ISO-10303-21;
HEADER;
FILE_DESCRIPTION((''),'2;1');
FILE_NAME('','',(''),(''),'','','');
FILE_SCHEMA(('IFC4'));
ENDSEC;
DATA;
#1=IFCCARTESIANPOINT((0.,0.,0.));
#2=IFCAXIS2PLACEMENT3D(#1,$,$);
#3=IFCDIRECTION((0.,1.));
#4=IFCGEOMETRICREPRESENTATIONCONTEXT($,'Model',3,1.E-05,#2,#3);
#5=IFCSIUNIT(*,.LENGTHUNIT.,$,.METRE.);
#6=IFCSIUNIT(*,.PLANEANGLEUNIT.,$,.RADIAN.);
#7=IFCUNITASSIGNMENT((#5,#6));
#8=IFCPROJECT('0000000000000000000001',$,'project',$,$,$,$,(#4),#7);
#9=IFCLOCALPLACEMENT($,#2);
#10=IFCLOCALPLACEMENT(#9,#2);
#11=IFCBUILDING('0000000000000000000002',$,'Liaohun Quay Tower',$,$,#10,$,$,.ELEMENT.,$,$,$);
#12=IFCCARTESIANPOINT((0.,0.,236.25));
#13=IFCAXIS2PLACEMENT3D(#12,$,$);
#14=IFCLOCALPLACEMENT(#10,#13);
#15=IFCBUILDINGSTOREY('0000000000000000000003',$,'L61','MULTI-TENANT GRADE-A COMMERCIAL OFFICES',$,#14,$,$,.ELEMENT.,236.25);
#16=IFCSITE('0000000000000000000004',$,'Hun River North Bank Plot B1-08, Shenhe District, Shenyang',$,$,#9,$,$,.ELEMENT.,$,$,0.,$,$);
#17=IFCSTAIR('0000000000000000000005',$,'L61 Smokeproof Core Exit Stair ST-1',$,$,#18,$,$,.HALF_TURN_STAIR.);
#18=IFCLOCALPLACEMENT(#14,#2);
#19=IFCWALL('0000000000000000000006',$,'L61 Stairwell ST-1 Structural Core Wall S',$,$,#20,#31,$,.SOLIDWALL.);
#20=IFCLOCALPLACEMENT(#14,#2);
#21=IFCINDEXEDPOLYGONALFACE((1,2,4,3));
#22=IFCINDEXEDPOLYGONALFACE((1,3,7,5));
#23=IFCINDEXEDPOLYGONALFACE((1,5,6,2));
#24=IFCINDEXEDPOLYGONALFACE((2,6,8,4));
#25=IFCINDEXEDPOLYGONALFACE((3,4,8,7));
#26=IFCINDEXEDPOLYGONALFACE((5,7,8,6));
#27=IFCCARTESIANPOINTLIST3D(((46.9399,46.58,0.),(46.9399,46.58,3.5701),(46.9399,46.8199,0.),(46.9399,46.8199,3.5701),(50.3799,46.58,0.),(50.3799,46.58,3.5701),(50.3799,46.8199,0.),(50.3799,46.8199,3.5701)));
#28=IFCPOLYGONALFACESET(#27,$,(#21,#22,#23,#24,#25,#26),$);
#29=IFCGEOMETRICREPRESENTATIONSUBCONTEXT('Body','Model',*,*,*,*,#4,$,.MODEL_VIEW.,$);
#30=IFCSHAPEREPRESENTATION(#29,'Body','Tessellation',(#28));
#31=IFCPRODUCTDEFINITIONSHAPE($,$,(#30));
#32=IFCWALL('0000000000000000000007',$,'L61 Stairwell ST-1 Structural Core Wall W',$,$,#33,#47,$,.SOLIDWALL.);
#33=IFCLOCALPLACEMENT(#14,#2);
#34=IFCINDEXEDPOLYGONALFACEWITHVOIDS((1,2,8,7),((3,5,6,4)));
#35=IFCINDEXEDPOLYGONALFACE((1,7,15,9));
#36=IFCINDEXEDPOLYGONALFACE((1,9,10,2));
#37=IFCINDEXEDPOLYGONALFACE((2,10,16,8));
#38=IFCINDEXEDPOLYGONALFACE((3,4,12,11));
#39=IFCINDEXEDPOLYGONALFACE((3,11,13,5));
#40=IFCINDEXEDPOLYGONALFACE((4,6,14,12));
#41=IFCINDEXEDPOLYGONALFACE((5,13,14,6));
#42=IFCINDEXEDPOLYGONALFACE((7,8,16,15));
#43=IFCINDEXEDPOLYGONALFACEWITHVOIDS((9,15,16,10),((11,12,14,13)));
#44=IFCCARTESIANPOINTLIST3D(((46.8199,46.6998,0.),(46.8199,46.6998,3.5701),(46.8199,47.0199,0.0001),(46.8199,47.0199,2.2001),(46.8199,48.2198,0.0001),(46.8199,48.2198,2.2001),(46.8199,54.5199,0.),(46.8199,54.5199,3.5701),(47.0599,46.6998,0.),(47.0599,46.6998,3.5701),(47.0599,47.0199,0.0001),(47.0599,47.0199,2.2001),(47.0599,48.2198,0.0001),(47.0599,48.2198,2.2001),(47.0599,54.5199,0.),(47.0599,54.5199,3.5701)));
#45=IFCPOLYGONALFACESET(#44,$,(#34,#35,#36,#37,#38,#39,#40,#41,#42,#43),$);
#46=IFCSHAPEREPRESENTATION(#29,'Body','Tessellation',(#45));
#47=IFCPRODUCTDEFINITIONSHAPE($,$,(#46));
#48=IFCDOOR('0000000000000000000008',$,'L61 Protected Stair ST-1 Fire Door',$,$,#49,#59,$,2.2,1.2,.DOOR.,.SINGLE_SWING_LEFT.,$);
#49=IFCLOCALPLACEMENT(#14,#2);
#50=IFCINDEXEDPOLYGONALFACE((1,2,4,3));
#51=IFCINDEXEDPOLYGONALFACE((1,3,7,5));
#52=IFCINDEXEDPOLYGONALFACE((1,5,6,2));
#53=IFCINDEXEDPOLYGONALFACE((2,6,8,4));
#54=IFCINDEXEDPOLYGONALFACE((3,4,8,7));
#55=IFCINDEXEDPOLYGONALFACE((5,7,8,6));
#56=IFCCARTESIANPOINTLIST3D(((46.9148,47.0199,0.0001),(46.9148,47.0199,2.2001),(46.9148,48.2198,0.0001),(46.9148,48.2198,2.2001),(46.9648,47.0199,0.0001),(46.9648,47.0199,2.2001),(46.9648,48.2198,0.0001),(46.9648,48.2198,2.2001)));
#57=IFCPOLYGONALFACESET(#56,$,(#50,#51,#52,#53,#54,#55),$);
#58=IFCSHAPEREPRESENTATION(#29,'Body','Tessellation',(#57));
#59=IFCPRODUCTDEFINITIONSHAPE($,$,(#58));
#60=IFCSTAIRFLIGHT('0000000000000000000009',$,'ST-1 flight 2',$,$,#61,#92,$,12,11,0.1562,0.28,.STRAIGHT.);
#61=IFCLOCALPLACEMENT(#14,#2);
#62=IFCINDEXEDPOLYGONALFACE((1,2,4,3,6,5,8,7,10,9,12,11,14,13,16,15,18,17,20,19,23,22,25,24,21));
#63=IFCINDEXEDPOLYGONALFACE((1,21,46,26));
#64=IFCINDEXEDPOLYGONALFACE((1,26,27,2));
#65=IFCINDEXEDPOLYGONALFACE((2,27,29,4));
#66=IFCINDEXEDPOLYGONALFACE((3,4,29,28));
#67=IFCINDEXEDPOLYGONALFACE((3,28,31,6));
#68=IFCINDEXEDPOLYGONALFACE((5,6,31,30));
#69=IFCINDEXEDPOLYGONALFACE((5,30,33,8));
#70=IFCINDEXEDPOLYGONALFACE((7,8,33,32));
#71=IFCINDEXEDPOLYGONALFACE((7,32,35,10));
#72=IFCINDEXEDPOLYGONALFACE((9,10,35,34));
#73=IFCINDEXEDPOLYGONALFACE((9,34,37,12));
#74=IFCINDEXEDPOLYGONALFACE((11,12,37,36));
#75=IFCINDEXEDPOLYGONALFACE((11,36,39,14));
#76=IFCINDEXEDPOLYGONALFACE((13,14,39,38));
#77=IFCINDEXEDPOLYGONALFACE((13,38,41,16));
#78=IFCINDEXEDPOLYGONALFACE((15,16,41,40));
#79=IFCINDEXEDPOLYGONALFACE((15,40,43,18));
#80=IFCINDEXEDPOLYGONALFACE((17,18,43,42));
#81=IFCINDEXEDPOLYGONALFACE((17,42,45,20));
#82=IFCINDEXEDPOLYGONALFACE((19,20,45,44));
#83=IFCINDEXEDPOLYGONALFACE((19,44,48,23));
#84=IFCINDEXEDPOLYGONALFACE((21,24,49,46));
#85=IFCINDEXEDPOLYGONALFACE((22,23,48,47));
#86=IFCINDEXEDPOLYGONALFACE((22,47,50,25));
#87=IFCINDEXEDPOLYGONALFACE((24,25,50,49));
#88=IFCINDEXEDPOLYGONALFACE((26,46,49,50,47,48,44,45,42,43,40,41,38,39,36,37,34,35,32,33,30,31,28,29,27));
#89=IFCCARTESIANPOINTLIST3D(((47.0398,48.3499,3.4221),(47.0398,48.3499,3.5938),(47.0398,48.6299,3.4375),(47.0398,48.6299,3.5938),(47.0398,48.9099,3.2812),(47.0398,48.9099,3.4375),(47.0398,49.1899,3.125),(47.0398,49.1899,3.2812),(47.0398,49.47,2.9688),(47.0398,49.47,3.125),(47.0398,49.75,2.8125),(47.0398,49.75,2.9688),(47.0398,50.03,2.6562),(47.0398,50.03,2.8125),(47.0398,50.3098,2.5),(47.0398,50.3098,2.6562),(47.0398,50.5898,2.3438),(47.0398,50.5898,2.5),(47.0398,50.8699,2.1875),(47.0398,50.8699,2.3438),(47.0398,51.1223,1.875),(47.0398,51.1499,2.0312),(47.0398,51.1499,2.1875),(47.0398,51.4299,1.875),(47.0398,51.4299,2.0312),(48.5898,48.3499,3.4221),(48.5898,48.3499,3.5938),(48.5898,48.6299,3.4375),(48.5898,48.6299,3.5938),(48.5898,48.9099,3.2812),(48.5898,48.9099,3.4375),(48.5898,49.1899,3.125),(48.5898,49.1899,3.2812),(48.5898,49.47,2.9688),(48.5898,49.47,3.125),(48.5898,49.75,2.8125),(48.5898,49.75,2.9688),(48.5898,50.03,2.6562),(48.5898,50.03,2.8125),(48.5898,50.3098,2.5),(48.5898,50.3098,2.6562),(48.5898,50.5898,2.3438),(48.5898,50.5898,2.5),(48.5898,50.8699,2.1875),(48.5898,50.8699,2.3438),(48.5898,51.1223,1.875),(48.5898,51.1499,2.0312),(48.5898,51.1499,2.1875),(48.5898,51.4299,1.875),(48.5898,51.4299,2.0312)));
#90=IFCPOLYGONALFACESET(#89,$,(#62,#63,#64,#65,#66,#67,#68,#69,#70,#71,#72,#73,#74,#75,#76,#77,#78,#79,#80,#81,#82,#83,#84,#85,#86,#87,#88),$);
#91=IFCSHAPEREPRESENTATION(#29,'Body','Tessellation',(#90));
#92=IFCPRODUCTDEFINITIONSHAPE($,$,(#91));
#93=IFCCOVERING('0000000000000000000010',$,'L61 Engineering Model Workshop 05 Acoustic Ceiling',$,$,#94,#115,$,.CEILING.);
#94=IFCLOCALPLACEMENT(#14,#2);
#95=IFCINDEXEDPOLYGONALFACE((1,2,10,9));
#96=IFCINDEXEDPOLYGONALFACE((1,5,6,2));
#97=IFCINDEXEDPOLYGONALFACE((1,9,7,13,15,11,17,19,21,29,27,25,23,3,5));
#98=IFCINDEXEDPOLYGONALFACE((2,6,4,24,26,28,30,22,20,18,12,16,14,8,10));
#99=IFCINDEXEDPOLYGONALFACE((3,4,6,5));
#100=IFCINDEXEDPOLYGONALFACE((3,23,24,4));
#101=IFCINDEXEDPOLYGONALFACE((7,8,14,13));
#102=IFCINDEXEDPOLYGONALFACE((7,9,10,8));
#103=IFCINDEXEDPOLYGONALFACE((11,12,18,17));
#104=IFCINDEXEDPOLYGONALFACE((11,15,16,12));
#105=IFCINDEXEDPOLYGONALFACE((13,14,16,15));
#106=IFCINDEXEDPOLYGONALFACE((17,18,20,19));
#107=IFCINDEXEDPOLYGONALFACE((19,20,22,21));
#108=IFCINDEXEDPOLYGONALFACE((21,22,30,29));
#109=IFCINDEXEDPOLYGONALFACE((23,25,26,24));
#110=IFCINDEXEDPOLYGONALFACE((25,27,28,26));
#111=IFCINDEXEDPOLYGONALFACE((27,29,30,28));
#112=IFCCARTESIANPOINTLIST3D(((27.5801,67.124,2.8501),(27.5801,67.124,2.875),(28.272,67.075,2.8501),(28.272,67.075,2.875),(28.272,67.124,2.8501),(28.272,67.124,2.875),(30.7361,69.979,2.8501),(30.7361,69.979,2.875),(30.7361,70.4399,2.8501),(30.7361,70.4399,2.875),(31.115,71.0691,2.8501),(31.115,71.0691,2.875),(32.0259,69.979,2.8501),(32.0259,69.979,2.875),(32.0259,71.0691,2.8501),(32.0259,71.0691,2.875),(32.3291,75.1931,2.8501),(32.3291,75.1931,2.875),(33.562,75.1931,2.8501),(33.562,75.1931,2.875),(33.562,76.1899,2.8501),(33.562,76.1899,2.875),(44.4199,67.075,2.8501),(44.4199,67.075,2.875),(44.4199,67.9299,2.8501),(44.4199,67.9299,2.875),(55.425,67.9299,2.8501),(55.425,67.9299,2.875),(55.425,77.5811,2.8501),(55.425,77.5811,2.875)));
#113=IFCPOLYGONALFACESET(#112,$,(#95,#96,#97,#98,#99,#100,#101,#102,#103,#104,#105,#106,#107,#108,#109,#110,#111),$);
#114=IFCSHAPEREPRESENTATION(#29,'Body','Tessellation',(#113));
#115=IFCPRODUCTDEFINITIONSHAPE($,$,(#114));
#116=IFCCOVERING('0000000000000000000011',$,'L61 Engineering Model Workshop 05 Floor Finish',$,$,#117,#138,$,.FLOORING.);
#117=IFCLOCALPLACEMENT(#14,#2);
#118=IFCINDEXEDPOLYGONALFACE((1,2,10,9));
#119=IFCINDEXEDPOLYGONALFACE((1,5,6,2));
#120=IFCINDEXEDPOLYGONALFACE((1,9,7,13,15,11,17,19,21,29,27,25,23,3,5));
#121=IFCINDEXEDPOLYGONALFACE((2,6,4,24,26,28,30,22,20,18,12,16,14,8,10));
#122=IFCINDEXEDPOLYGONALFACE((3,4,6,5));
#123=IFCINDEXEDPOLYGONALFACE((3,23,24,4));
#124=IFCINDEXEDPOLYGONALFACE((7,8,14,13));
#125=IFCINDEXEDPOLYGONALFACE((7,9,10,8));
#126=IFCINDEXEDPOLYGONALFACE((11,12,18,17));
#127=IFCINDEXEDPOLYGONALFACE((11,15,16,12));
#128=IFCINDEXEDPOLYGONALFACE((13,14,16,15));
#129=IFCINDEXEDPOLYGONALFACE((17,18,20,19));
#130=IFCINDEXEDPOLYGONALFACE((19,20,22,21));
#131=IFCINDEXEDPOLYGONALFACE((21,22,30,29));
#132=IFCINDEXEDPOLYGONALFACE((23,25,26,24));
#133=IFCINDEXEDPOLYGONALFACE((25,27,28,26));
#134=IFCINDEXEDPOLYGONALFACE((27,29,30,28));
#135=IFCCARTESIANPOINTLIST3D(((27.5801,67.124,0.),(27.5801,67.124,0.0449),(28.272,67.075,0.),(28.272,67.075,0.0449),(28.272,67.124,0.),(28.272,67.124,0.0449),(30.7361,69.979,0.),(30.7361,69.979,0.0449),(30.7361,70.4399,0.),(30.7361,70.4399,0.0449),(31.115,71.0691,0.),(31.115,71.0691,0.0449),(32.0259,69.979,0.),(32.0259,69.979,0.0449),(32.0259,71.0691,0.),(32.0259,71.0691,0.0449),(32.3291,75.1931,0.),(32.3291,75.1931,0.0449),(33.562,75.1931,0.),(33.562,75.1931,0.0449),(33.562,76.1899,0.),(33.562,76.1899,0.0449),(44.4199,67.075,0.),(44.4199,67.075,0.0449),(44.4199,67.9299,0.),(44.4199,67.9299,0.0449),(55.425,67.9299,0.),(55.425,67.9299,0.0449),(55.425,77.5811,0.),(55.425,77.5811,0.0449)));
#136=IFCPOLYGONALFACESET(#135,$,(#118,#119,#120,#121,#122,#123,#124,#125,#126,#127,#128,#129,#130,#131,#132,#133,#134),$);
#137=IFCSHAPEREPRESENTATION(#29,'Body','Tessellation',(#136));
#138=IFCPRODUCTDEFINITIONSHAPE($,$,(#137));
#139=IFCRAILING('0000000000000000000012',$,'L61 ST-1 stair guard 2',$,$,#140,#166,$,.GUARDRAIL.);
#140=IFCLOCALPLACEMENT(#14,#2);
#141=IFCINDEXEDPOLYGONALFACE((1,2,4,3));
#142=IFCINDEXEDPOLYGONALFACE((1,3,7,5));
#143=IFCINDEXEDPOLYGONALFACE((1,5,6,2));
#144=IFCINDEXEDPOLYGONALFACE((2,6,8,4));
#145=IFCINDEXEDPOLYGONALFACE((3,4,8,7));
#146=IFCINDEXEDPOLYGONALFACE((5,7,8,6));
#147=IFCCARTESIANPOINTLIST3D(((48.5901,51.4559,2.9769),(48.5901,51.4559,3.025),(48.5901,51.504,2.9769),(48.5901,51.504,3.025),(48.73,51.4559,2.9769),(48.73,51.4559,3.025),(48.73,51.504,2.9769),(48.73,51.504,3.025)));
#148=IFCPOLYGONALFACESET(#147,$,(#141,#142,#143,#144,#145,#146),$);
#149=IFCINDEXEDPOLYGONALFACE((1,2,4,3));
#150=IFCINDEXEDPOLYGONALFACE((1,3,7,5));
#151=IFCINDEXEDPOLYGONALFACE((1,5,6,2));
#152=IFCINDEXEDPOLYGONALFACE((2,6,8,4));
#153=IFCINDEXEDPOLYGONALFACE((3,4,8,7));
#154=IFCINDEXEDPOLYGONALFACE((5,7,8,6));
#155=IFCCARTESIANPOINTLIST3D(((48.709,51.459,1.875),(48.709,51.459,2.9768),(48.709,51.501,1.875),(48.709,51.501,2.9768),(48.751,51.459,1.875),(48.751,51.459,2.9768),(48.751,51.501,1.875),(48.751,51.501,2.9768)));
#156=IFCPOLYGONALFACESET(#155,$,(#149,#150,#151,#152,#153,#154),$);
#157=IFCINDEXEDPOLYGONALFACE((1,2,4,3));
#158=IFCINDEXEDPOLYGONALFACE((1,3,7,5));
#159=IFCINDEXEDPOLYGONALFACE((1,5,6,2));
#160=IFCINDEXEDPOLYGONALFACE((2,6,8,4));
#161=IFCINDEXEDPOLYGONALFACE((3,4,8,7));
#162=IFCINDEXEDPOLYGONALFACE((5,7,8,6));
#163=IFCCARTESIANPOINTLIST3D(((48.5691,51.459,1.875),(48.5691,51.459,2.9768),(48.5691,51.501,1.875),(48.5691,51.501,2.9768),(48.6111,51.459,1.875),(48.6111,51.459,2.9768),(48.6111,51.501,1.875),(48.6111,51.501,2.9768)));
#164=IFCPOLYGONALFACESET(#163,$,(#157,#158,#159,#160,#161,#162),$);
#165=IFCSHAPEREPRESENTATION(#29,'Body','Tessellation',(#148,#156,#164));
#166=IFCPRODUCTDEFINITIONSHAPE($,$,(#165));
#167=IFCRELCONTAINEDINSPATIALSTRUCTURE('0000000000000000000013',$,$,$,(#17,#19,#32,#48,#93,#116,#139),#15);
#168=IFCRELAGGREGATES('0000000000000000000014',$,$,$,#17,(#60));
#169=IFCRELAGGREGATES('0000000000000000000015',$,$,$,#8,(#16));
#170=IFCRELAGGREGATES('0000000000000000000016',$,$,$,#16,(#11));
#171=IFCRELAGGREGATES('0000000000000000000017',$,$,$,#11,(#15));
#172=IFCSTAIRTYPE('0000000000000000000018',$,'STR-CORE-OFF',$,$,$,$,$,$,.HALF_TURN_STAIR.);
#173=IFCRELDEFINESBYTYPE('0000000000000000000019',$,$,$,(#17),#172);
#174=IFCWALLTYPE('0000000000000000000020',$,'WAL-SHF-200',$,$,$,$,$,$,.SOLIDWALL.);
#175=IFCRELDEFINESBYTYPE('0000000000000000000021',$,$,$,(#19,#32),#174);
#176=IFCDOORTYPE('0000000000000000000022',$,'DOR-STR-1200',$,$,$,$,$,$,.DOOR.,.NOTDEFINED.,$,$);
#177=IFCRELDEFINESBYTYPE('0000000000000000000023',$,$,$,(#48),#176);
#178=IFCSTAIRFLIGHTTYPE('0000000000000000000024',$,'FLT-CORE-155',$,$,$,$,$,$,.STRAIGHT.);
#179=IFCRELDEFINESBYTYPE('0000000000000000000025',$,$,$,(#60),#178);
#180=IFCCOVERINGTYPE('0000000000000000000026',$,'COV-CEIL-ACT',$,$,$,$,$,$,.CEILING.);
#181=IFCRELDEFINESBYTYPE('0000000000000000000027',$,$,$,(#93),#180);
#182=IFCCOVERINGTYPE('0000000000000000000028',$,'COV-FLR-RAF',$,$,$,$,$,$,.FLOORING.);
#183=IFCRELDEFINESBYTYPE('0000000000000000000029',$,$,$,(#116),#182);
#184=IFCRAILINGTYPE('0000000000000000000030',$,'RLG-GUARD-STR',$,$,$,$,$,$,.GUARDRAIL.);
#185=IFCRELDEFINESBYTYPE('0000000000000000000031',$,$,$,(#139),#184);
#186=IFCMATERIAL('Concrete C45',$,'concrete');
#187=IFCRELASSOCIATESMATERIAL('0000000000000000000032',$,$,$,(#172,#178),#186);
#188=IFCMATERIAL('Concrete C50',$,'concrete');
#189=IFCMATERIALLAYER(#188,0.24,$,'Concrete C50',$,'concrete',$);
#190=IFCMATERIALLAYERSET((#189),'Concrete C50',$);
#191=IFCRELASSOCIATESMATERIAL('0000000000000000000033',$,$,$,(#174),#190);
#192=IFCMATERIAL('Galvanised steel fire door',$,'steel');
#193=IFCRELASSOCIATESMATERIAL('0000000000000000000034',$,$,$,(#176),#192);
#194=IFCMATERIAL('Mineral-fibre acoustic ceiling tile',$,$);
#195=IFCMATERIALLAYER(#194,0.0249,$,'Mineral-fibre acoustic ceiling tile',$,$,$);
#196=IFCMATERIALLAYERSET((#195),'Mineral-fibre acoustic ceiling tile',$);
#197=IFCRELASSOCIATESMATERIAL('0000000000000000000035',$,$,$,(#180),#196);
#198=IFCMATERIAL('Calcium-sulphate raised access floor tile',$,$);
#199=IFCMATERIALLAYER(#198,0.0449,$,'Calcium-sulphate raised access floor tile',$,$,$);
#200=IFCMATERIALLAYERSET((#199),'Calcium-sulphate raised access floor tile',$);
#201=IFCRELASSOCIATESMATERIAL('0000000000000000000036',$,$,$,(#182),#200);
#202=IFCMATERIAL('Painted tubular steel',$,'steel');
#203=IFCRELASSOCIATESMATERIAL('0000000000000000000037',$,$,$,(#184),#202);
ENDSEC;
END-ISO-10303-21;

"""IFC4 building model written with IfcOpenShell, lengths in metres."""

from ifc_helpers import new_model, si_unit, direction, frame, frame_2d, origin, origin_2d, place, context, subcontext, project, spatial, polyline, rectangle, outline, extrude, source, transform, mapped, material, layer, layer_set, type_object, element, fill, aggregate, save


model = new_model("IFC4")

# Units and contexts
model_context = context("Model", 3, precision=1e-05, world=origin(), true_north=direction((0.0, 1.0)))
body_context = subcontext(model_context, "Body", "Model", "MODEL_VIEW")
ifc_project = project(units=[si_unit("LENGTHUNIT", "METRE"), si_unit("PLANEANGLEUNIT", "RADIAN")], contexts=[model_context])

# Site, building, storey
site_placement = place(None, origin())
site = spatial("IfcSite", under=ifc_project, at=site_placement, Name="Hun River North Bank Plot B1-08, Shenhe District, Shenyang", CompositionType="ELEMENT", RefElevation=0.0)
building_placement = place(site_placement, origin())
building = spatial("IfcBuilding", under=site, at=building_placement, Name="Liaohun Quay Tower", CompositionType="ELEMENT")
storey_placement = place(building_placement, frame((0.0, 0.0, 236.25)))
storey = spatial("IfcBuildingStorey", under=building, at=storey_placement, Name="L61", Description="MULTI-TENANT GRADE-A COMMERCIAL OFFICES", CompositionType="ELEMENT", Elevation=236.25)

# Stair
ifc_material_1 = material(Name="Concrete C45", Category="concrete")
stair_type = type_object("IfcStairType", Name="STR-CORE-OFF", PredefinedType="HALF_TURN_STAIR", material=ifc_material_1)
stair_1_placement = place(storey_placement, origin())
stair_1 = element("IfcStair", 1, at=stair_1_placement, inside=storey, type_object=stair_type, Name="L61 Smokeproof Core Exit Stair ST-1", PredefinedType="HALF_TURN_STAIR")

# Wall
ifc_material_2 = material(Name="Concrete C50", Category="concrete")
ifc_layer_1 = layer(ifc_material_2, 0.24, Name="Concrete C50", Category="concrete")
ifc_layer_set_1 = layer_set([ifc_layer_1], Name="Concrete C50")
wall_type_1 = type_object("IfcWallType", Name="WAL-SHF-200", PredefinedType="SOLIDWALL", material=ifc_layer_set_1)
wall_1_placement = place(storey_placement, frame((46.9399, 46.7, 0.0), z_axis=(0.0, 0.0, 1.0), x_axis=(1.0, 0.0, 0.0)))
element("IfcWall", 2, at=wall_1_placement, inside=storey, type_object=wall_type_1, Name="L61 Stairwell ST-1 Structural Core Wall S", PredefinedType="SOLIDWALL", context=body_context, shape_type="SweptSolid", body=[
    extrude(rectangle(XDim=3.4399, YDim=0.24, at=frame_2d((1.72, 0.0))), origin(), (0.0, 0.0, 1.0), 3.5701),
])

# Wall, opening, door
wall_2_placement = place(storey_placement, frame((46.9399, 54.52, 0.0), z_axis=(0.0, 0.0, 1.0), x_axis=(0.0, -1.0, 0.0)))
wall_2 = element("IfcWall", 3, at=wall_2_placement, inside=storey, type_object=wall_type_1, Name="L61 Stairwell ST-1 Structural Core Wall W", PredefinedType="SOLIDWALL", context=body_context, shape_type="SweptSolid", body=[
    extrude(rectangle(XDim=7.8201, YDim=0.24, at=frame_2d((3.9102, 0.0))), origin(), (0.0, 0.0, 1.0), 3.5701),
])
shared_shape_1 = source(origin(), body_context, "Body", "SweptSolid", [
    extrude(rectangle(XDim=1.2, YDim=2.2, at=frame_2d((0.6001, 1.1001))), frame((0.0, 0.1299, 0.0), z_axis=(0.0, -1.0, 0.0), x_axis=(1.0, 0.0, 0.0)), (0.0, 0.0, 1.0), 0.26),
])
opening_1_placement = place(wall_2_placement, frame((6.3, 0.0, 0.0)))
opening_1 = element("IfcOpeningElement", 4, at=opening_1_placement, cuts=wall_2, PredefinedType="OPENING", context=body_context, shape_type="MappedRepresentation", body=[
    mapped(shared_shape_1, transform((0.0, 0.0, 0.0), x_axis=(1.0, 0.0, 0.0), y_axis=(0.0, 1.0, 0.0), z_axis=(0.0, 0.0, 1.0), scale=1.0)),
])
ifc_material_3 = material(Name="Galvanised steel fire door", Category="steel")
door_type_1 = type_object("IfcDoorType", Name="DOR-STR-1200", OperationType="NOTDEFINED", PredefinedType="DOOR", material=ifc_material_3)
shared_shape_2 = source(origin(), body_context, "Body", "SweptSolid", [
    extrude(rectangle(XDim=1.2, YDim=2.2, at=frame_2d((0.6001, 1.1001))), frame((0.0, 0.0249, 0.0), z_axis=(0.0, -1.0, 0.0), x_axis=(1.0, 0.0, 0.0)), (0.0, 0.0, 1.0), 0.05),
])
door_1_placement = place(opening_1_placement, origin())
door_1 = element("IfcDoor", 5, at=door_1_placement, inside=storey, type_object=door_type_1, Name="L61 Protected Stair ST-1 Fire Door", OperationType="SINGLE_SWING_LEFT", OverallHeight=2.2, OverallWidth=1.2, PredefinedType="DOOR", context=body_context, shape_type="MappedRepresentation", body=[
    mapped(shared_shape_2, transform((0.0, 0.0, 0.0), x_axis=(1.0, 0.0, 0.0), y_axis=(0.0, 1.0, 0.0), z_axis=(0.0, 0.0, 1.0), scale=1.0)),
])
fill(opening_1, door_1)

# Stair flight
stair_flight_type = type_object("IfcStairFlightType", Name="FLT-CORE-155", PredefinedType="STRAIGHT", material=ifc_material_1)
stair_flight_placement = place(storey_placement, frame((47.8149, 51.4299, 1.875), z_axis=(0.0, 0.0, 1.0), x_axis=(0.0, -1.0, 0.0)))
stair_flight = element("IfcStairFlight", 6, at=stair_flight_placement, type_object=stair_flight_type, Name="ST-1 flight 2", NumberOfRisers=12, NumberOfTreads=11, PredefinedType="STRAIGHT", RiserHeight=0.1562, TreadLength=0.28, context=body_context, shape_type="SweptSolid", body=[
    extrude(outline(polyline([(0.0, 0.0), (0.0, 0.1562), (0.28, 0.1562), (0.28, 0.3125), (0.5601, 0.3125), (0.5601, 0.4688), (0.8401, 0.4688), (0.8401, 0.625), (1.1201, 0.625), (1.1201, 0.7812), (1.3999, 0.7812), (1.3999, 0.9375), (1.6799, 0.9375), (1.6799, 1.0938), (1.96, 1.0938), (1.96, 1.25), (2.24, 1.25), (2.24, 1.4062), (2.52, 1.4062), (2.52, 1.5625), (2.8, 1.5625), (2.8, 1.7188), (3.0801, 1.7188), (3.0801, 1.875), (3.0801, 1.5471), (0.3076, 0.0), (0.0, 0.0)])), frame((0.0, 0.7749, 0.0), z_axis=(0.0, -1.0, 0.0), x_axis=(1.0, 0.0, 0.0)), (0.0, 0.0, 1.0), 1.55),
])
aggregate(stair_1, [stair_flight])

# Coverings
ifc_material_4 = material(Name="Mineral-fibre acoustic ceiling tile")
ifc_layer_2 = layer(ifc_material_4, 0.0249, Name="Mineral-fibre acoustic ceiling tile")
ifc_layer_set_2 = layer_set([ifc_layer_2], Name="Mineral-fibre acoustic ceiling tile")
covering_type_1 = type_object("IfcCoveringType", Name="COV-CEIL-ACT", PredefinedType="CEILING", material=ifc_layer_set_2)
covering_1_placement = place(storey_placement, frame((0.0, 0.0, 2.8501)))
element("IfcCovering", 7, at=covering_1_placement, inside=storey, type_object=covering_type_1, Name="L61 Engineering Model Workshop 05 Acoustic Ceiling", PredefinedType="CEILING", context=body_context, shape_type="SweptSolid", body=[
    extrude(outline(polyline([(31.115, 71.0691), (32.0259, 71.0691), (32.0259, 69.979), (30.7361, 69.979), (30.7361, 70.4399), (27.5801, 67.124), (28.272, 67.124), (28.272, 67.075), (44.4199, 67.075), (44.4199, 67.9299), (55.425, 67.9299), (55.425, 77.5811), (33.562, 76.1899), (33.562, 75.1931), (32.3291, 75.1931), (31.115, 71.0691)])), origin(), (0.0, 0.0, 1.0), 0.0249),
])
ifc_material_5 = material(Name="Calcium-sulphate raised access floor tile")
ifc_layer_3 = layer(ifc_material_5, 0.0449, Name="Calcium-sulphate raised access floor tile")
ifc_layer_set_3 = layer_set([ifc_layer_3], Name="Calcium-sulphate raised access floor tile")
covering_type_2 = type_object("IfcCoveringType", Name="COV-FLR-RAF", PredefinedType="FLOORING", material=ifc_layer_set_3)
covering_2_placement = place(storey_placement, origin())
element("IfcCovering", 8, at=covering_2_placement, inside=storey, type_object=covering_type_2, Name="L61 Engineering Model Workshop 05 Floor Finish", PredefinedType="FLOORING", context=body_context, shape_type="SweptSolid", body=[
    extrude(outline(polyline([(31.115, 71.0691), (32.0259, 71.0691), (32.0259, 69.979), (30.7361, 69.979), (30.7361, 70.4399), (27.5801, 67.124), (28.272, 67.124), (28.272, 67.075), (44.4199, 67.075), (44.4199, 67.9299), (55.425, 67.9299), (55.425, 77.5811), (33.562, 76.1899), (33.562, 75.1931), (32.3291, 75.1931), (31.115, 71.0691)])), origin(), (0.0, 0.0, 1.0), 0.0449),
])

# Railing
ifc_material_6 = material(Name="Painted tubular steel", Category="steel")
railing_type_1 = type_object("IfcRailingType", Name="RLG-GUARD-STR", PredefinedType="GUARDRAIL", material=ifc_material_6)
railing_1_placement = place(storey_placement, frame((48.73, 51.48, 1.875)))
element("IfcRailing", 9, at=railing_1_placement, inside=storey, type_object=railing_type_1, Name="L61 ST-1 stair guard 2", PredefinedType="GUARDRAIL", context=body_context, shape_type="SweptSolid", body=[
    extrude(rectangle(XDim=0.0481, YDim=0.0481, at=origin_2d()), frame((0.0, 0.0, 1.126), z_axis=(-1.0, 0.0, 0.0), x_axis=(0.0, -1.0, 0.0)), (0.0, 0.0, 1.0), 0.1399),
    extrude(rectangle(XDim=0.042, YDim=0.042, at=origin_2d()), origin(), (0.0, 0.0, 1.0), 1.1018),
    extrude(rectangle(XDim=0.042, YDim=0.042, at=origin_2d()), frame((-0.1399, 0.0, 0.0)), (0.0, 0.0, 1.0), 1.1018),
])

save(model, "model.ifc")
